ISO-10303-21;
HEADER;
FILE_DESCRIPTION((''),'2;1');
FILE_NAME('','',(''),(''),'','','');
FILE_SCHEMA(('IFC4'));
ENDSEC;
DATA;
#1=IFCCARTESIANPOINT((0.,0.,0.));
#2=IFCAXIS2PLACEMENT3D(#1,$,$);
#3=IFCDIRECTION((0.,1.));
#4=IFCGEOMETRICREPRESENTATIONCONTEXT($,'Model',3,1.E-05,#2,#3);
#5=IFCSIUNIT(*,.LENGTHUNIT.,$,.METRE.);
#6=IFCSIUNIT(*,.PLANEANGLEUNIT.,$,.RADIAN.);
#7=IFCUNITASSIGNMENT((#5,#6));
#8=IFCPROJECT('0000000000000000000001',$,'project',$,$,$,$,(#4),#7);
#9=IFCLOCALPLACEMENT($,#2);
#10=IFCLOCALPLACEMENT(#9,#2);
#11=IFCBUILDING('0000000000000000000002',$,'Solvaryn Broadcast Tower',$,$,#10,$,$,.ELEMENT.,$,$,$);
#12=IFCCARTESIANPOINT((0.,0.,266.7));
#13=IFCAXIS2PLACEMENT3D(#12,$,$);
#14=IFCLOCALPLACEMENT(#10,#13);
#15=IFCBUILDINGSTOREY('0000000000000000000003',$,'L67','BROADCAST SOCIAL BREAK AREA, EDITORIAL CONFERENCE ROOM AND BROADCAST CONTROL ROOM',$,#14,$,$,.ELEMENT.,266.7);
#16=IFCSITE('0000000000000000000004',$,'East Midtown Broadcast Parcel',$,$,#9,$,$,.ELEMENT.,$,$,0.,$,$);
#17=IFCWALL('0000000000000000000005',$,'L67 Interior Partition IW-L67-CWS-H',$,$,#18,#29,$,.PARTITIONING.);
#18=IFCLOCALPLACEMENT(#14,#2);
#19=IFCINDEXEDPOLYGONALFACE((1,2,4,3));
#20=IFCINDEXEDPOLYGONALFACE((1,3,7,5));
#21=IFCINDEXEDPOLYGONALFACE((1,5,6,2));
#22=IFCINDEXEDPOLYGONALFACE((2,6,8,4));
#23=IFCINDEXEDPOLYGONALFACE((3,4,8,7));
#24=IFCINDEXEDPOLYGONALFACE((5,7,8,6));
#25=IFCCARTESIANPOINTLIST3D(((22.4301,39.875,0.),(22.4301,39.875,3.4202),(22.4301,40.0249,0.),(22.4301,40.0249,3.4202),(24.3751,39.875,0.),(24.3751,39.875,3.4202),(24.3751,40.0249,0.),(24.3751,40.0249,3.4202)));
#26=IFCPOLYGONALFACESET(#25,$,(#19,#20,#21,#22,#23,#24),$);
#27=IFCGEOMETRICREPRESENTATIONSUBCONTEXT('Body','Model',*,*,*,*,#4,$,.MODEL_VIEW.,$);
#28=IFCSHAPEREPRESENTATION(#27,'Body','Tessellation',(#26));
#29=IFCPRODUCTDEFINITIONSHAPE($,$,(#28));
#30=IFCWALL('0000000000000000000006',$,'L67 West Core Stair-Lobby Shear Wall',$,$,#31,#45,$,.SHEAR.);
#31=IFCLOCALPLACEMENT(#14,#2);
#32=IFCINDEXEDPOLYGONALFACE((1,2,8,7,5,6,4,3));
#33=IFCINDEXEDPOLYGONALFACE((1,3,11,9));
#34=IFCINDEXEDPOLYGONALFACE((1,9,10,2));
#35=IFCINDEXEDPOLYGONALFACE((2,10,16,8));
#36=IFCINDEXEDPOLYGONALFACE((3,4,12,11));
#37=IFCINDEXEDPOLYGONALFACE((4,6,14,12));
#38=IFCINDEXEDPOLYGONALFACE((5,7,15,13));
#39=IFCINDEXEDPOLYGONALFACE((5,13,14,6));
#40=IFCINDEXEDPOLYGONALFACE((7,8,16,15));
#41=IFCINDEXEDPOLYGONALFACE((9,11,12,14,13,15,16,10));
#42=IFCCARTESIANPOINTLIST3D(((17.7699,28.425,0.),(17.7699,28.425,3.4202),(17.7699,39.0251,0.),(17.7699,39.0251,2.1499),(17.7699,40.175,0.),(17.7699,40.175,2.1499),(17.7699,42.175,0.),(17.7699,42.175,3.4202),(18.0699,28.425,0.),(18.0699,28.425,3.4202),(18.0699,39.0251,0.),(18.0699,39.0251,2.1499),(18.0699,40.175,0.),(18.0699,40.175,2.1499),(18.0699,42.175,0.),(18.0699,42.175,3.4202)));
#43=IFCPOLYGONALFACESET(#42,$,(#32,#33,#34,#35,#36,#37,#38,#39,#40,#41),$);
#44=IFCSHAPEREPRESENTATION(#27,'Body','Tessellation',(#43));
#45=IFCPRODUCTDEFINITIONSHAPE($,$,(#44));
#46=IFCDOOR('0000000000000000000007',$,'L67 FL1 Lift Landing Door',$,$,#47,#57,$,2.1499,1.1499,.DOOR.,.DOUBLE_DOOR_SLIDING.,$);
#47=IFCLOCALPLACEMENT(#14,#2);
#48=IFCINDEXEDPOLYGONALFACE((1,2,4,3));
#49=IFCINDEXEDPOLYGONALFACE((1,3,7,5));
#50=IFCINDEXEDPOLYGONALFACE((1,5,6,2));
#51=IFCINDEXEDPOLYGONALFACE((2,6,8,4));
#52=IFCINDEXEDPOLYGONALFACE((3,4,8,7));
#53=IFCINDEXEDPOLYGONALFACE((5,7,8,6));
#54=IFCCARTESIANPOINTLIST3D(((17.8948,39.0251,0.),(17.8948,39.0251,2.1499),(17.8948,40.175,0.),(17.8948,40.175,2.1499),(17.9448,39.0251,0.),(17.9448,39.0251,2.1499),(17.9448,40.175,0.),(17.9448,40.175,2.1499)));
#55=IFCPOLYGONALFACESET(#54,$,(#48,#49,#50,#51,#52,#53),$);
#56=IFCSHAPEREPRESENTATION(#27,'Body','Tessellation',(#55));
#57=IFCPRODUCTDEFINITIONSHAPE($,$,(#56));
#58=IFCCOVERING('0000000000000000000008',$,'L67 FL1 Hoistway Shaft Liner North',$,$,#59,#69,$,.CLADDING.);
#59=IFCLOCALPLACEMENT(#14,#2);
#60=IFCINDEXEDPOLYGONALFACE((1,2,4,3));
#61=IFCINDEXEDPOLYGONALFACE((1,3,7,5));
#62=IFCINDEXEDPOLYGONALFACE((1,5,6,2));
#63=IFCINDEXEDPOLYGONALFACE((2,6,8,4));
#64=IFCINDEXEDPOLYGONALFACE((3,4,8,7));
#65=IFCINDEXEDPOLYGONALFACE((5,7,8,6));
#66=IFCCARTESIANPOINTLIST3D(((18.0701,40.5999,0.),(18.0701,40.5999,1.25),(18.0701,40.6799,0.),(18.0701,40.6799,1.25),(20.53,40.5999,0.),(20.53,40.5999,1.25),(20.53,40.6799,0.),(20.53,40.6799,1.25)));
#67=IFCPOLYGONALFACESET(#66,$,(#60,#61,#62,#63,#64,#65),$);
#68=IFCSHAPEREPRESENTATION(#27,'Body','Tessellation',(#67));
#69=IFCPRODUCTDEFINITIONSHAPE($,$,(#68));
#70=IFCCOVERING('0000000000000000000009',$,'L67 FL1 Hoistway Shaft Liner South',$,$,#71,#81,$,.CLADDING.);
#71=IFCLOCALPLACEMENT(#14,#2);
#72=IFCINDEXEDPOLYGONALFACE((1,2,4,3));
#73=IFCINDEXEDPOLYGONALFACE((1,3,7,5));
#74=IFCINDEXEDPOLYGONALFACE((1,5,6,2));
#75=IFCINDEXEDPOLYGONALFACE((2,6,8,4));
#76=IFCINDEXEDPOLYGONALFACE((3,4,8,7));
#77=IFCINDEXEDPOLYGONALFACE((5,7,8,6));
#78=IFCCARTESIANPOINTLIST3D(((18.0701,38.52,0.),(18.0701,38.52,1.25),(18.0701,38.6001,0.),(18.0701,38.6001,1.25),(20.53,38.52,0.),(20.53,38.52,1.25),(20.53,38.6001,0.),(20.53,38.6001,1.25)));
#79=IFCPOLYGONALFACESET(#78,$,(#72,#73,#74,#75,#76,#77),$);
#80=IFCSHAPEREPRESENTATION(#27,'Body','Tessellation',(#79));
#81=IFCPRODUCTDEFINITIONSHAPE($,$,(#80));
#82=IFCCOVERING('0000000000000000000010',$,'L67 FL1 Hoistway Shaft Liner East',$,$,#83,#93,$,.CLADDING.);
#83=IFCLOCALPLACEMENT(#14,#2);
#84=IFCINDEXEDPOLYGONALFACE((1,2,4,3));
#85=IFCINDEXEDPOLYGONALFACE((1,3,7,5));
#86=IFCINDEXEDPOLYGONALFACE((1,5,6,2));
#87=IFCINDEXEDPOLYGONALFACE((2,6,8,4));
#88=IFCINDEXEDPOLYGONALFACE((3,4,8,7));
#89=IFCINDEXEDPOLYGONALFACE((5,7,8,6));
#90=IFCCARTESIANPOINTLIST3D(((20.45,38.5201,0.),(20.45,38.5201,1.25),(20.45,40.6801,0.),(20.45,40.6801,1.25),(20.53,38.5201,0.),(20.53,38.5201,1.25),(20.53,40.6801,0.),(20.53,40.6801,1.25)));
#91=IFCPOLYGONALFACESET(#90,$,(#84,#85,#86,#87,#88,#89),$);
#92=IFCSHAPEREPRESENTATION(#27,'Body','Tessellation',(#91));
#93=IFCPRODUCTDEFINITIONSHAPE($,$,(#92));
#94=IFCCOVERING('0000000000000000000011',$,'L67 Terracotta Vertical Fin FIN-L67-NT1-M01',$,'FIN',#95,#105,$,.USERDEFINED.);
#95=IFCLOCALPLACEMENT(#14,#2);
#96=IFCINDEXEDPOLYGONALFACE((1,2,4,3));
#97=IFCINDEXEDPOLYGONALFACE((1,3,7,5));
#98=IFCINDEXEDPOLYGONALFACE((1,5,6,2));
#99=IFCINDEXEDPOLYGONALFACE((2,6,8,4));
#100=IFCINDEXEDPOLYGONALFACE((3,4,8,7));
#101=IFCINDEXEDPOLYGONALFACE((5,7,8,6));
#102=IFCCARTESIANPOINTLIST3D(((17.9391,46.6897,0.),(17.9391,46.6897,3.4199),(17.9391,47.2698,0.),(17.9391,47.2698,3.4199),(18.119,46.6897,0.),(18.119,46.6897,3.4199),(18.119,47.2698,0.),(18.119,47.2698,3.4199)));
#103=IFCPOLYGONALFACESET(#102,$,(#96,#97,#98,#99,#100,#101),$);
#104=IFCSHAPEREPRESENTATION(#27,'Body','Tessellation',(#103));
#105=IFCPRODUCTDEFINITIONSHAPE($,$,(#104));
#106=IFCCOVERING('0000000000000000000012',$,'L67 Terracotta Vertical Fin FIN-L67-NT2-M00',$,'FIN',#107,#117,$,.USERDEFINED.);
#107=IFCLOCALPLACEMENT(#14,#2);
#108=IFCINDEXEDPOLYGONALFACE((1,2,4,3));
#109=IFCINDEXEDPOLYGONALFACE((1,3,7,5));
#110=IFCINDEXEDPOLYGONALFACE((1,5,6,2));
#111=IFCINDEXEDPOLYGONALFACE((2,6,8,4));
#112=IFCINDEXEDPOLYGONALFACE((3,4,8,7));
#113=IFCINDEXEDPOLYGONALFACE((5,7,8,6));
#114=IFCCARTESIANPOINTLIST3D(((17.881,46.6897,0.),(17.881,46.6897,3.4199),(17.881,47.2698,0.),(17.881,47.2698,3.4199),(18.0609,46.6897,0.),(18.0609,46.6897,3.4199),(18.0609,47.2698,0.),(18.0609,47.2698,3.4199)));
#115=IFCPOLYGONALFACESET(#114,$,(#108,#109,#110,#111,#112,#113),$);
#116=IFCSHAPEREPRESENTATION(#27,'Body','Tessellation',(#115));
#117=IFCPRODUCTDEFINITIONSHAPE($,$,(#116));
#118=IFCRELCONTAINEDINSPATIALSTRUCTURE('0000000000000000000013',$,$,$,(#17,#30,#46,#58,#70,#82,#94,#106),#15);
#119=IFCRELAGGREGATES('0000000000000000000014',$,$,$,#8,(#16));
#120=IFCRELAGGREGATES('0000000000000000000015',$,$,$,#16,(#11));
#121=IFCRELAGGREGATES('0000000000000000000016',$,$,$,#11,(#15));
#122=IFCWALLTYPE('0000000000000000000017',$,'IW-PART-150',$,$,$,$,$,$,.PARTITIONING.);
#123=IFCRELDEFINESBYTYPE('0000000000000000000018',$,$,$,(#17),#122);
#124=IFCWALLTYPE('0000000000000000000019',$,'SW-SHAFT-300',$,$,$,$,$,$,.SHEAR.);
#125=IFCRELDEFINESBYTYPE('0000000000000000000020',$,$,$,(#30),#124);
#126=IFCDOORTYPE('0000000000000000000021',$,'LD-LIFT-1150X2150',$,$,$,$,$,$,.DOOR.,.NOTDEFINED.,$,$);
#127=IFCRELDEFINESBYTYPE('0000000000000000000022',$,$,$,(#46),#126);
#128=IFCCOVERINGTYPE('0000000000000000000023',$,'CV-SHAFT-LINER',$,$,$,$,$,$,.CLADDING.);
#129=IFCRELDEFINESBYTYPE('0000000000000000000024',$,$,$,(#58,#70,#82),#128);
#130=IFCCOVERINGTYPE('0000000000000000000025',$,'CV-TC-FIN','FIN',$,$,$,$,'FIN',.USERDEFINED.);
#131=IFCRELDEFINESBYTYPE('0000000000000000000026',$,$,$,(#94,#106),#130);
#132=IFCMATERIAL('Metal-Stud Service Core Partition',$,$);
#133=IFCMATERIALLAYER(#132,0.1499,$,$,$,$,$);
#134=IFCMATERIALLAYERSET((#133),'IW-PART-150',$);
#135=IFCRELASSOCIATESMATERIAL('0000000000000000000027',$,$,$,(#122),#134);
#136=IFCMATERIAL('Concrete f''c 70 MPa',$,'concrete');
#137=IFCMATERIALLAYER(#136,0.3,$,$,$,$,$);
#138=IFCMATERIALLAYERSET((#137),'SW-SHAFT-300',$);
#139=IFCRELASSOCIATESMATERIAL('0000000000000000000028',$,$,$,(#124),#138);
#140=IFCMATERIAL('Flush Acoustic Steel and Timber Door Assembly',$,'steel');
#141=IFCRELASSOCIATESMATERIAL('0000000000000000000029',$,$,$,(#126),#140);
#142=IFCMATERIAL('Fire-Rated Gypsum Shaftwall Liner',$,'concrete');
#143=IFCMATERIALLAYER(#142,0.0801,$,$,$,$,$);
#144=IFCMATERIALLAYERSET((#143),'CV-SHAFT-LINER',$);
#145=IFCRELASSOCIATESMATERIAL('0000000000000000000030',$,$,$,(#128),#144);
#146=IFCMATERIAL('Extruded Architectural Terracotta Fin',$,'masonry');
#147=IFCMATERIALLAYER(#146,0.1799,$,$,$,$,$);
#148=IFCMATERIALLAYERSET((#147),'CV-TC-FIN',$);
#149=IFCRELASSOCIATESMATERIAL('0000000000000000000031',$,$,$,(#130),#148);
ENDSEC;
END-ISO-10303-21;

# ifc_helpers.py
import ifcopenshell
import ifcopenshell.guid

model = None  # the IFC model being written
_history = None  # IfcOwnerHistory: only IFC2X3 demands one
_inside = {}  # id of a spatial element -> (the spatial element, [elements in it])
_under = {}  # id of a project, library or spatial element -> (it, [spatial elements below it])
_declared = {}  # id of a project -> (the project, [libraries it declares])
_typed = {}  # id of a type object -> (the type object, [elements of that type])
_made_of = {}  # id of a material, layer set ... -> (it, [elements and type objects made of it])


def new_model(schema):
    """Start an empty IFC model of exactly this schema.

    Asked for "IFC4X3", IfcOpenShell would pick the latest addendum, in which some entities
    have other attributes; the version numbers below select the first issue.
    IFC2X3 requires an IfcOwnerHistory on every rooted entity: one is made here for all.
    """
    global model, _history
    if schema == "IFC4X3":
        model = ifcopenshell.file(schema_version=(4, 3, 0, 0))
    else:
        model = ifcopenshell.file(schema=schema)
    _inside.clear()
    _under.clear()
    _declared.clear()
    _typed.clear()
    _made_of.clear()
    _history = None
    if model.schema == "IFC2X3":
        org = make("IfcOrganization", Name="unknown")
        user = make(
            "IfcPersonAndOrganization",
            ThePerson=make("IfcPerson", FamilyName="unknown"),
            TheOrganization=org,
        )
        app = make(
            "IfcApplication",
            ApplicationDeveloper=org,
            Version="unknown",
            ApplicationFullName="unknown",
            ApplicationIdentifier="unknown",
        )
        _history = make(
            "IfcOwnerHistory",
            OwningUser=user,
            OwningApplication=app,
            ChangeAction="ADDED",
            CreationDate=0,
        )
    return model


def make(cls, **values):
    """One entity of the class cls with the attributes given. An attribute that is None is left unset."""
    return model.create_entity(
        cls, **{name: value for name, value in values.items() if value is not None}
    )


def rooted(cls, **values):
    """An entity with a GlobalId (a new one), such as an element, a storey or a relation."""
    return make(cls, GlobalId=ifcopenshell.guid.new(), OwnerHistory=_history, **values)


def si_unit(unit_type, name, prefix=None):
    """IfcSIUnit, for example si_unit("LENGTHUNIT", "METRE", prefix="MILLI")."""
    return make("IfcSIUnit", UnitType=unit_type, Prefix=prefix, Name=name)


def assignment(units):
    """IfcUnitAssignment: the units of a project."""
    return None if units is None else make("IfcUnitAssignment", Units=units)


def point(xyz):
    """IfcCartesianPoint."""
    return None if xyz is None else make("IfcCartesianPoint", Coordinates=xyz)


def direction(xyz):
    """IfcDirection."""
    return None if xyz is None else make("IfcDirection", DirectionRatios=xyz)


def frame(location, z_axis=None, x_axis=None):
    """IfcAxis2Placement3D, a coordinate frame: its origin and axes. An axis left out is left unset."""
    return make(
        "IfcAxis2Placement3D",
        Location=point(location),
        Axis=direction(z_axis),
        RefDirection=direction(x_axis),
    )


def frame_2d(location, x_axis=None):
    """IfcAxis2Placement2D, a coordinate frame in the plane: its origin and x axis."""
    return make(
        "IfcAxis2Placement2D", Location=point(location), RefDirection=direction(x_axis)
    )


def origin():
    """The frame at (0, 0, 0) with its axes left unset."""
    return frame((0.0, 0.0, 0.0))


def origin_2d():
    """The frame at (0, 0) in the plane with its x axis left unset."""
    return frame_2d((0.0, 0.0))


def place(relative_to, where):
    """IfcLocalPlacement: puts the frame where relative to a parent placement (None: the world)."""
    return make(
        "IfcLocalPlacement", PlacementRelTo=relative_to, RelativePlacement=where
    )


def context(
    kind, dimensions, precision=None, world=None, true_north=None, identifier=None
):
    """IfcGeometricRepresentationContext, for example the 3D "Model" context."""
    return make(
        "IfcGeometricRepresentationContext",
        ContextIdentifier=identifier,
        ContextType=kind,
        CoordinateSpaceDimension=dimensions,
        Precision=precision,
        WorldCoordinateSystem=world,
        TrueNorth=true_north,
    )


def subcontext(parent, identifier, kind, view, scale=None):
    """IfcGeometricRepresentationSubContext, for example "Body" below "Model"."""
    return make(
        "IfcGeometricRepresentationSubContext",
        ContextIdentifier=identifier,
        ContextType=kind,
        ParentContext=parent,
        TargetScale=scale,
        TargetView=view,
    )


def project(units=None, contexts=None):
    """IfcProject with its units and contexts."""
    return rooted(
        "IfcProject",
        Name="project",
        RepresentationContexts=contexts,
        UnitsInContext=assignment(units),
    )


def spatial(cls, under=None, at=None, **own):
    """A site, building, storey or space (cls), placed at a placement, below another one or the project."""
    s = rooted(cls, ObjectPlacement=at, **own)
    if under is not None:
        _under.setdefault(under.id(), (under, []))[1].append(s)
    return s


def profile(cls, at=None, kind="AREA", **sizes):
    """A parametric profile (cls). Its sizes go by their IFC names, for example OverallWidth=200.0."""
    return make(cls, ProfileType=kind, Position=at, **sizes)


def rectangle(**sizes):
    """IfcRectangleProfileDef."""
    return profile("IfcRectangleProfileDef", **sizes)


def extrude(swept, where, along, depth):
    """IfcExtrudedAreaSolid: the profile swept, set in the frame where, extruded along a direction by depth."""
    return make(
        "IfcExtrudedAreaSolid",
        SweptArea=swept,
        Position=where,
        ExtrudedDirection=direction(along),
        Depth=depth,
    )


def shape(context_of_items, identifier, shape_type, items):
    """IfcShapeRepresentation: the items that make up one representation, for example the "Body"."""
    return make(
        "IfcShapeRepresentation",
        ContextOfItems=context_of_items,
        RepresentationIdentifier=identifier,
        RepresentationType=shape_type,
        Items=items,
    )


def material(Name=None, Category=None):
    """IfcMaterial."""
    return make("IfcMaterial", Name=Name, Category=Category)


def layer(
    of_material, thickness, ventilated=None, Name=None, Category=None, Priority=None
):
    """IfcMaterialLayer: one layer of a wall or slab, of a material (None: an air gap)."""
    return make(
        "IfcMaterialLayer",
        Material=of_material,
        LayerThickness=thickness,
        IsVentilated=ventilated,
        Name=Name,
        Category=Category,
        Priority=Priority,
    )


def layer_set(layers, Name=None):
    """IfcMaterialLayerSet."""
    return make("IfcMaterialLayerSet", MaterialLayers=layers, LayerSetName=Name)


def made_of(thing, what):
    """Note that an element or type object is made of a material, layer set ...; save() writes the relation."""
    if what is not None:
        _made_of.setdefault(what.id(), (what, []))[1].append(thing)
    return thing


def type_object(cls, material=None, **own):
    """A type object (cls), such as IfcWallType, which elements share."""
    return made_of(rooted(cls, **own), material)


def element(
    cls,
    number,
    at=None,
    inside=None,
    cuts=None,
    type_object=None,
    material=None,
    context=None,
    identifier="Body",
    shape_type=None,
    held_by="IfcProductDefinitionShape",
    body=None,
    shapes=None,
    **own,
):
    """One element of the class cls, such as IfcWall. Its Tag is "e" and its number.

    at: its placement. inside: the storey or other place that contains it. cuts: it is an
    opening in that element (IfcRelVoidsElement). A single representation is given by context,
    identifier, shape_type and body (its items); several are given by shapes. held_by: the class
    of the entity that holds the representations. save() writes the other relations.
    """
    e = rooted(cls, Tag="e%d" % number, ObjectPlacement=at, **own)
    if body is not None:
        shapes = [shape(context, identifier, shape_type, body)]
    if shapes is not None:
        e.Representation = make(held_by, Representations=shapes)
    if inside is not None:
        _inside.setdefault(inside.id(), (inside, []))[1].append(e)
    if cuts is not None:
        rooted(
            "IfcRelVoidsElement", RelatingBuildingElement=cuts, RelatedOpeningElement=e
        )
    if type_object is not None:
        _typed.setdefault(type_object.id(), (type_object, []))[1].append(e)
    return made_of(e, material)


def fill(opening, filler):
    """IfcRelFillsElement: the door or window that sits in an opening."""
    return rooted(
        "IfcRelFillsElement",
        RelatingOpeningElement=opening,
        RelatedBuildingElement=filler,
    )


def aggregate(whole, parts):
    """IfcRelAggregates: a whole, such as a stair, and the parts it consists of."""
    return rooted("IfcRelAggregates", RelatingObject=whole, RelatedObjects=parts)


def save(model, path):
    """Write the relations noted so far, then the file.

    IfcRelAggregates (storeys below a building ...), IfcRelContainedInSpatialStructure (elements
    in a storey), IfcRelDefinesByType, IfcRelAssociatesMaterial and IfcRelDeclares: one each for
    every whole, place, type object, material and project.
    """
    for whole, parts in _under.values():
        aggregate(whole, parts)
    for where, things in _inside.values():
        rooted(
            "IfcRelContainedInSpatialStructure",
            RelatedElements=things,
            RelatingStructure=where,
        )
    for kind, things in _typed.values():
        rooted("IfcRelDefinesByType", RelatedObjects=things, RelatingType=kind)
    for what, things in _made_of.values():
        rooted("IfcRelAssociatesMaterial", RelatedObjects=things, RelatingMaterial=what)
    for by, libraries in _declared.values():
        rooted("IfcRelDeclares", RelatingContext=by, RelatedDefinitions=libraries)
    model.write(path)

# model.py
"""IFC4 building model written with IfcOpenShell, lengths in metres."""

from ifc_helpers import new_model, si_unit, direction, frame, frame_2d, origin, origin_2d, place, context, subcontext, project, spatial, rectangle, extrude, material, layer, layer_set, type_object, element, fill, save


model = new_model("IFC4")

# Units and contexts
model_context = context("Model", 3, precision=1e-05, world=origin(), true_north=direction((0.0, 1.0)))
body_context = subcontext(model_context, "Body", "Model", "MODEL_VIEW")
ifc_project = project(units=[si_unit("LENGTHUNIT", "METRE"), si_unit("PLANEANGLEUNIT", "RADIAN")], contexts=[model_context])

# Site, building, storey
site_placement = place(None, origin())
site = spatial("IfcSite", under=ifc_project, at=site_placement, Name="East Midtown Broadcast Parcel", CompositionType="ELEMENT", RefElevation=0.0)
building_placement = place(site_placement, origin())
building = spatial("IfcBuilding", under=site, at=building_placement, Name="Solvaryn Broadcast Tower", CompositionType="ELEMENT")
storey_placement = place(building_placement, frame((0.0, 0.0, 266.7)))
storey = spatial("IfcBuildingStorey", under=building, at=storey_placement, Name="L67", Description="BROADCAST SOCIAL BREAK AREA, EDITORIAL CONFERENCE ROOM AND BROADCAST CONTROL ROOM", CompositionType="ELEMENT", Elevation=266.7)

# Wall
ifc_material_1 = material(Name="Metal-Stud Service Core Partition")
ifc_layer_1 = layer(ifc_material_1, 0.1499)
ifc_layer_set_1 = layer_set([ifc_layer_1], Name="IW-PART-150")
wall_type_1 = type_object("IfcWallType", Name="IW-PART-150", PredefinedType="PARTITIONING", material=ifc_layer_set_1)
wall_1_placement = place(storey_placement, frame((22.4299, 39.95, 0.0), z_axis=(0.0, 0.0, 1.0), x_axis=(1.0, 0.0, 0.0)))
element("IfcWall", 1, at=wall_1_placement, inside=storey, type_object=wall_type_1, Name="L67 Interior Partition IW-L67-CWS-H", PredefinedType="PARTITIONING", context=body_context, shape_type="SweptSolid", body=[
    extrude(rectangle(XDim=1.9451, YDim=0.1499, at=frame_2d((0.9727, 0.0))), origin(), (0.0, 0.0, 1.0), 3.4202),
])

# Wall, opening, door
ifc_material_2 = material(Name="Concrete f'c 70 MPa", Category="concrete")
ifc_layer_2 = layer(ifc_material_2, 0.3)
ifc_layer_set_2 = layer_set([ifc_layer_2], Name="SW-SHAFT-300")
wall_type_2 = type_object("IfcWallType", Name="SW-SHAFT-300", PredefinedType="SHEAR", material=ifc_layer_set_2)
wall_2_placement = place(storey_placement, frame((17.9199, 42.175, 0.0), z_axis=(0.0, 0.0, 1.0), x_axis=(0.0, -1.0, 0.0)))
wall_2 = element("IfcWall", 2, at=wall_2_placement, inside=storey, type_object=wall_type_2, Name="L67 West Core Stair-Lobby Shear Wall", PredefinedType="SHEAR", context=body_context, shape_type="SweptSolid", body=[
    extrude(rectangle(XDim=13.75, YDim=0.3, at=frame_2d((6.875, 0.0))), origin(), (0.0, 0.0, 1.0), 3.4202),
])
opening_placement = place(wall_2_placement, frame((2.0, 0.0, 0.0)))
opening = element("IfcOpeningElement", 3, at=opening_placement, cuts=wall_2, PredefinedType="OPENING", context=body_context, shape_type="SweptSolid", body=[
    extrude(rectangle(XDim=1.1499, YDim=2.1499, at=frame_2d((0.575, 1.075))), frame((0.0, 0.1599, 0.0), z_axis=(0.0, -1.0, 0.0), x_axis=(1.0, 0.0, 0.0)), (0.0, 0.0, 1.0), 0.3201),
])
ifc_material_3 = material(Name="Flush Acoustic Steel and Timber Door Assembly", Category="steel")
door_type = type_object("IfcDoorType", Name="LD-LIFT-1150X2150", OperationType="NOTDEFINED", PredefinedType="DOOR", material=ifc_material_3)
door_placement = place(opening_placement, origin())
door = element("IfcDoor", 4, at=door_placement, inside=storey, type_object=door_type, Name="L67 FL1 Lift Landing Door", OperationType="DOUBLE_DOOR_SLIDING", OverallHeight=2.1499, OverallWidth=1.1499, PredefinedType="DOOR", context=body_context, shape_type="SweptSolid", body=[
    extrude(rectangle(XDim=1.1499, YDim=2.1499, at=frame_2d((0.575, 1.075))), frame((0.0, 0.0249, 0.0), z_axis=(0.0, -1.0, 0.0), x_axis=(1.0, 0.0, 0.0)), (0.0, 0.0, 1.0), 0.05),
])
fill(opening, door)

# Coverings
ifc_material_4 = material(Name="Fire-Rated Gypsum Shaftwall Liner", Category="concrete")
ifc_layer_3 = layer(ifc_material_4, 0.0801)
ifc_layer_set_3 = layer_set([ifc_layer_3], Name="CV-SHAFT-LINER")
covering_type_1 = type_object("IfcCoveringType", Name="CV-SHAFT-LINER", PredefinedType="CLADDING", material=ifc_layer_set_3)
for number, where, z_axis, x_axis, name in (
    (5, (19.3, 40.6399, 0.0), (0.0, 0.0, 1.0), (1.0, 0.0, 0.0), "L67 FL1 Hoistway Shaft Liner North"),
    (6, (19.3, 38.5601, 0.0), (0.0, 0.0, 1.0), (1.0, 0.0, 0.0), "L67 FL1 Hoistway Shaft Liner South"),
):
    element("IfcCovering", number, at=place(storey_placement, frame(where, z_axis=z_axis, x_axis=x_axis)), inside=storey, type_object=covering_type_1, Name=name, PredefinedType="CLADDING", context=body_context, shape_type="SweptSolid", body=[
        extrude(rectangle(XDim=2.46, YDim=0.0801, at=origin_2d()), origin(), (0.0, 0.0, 1.0), 1.25),
    ])
covering_placement = place(storey_placement, frame((20.49, 39.6001, 0.0), z_axis=(0.0, 0.0, 1.0), x_axis=(1.0, 0.0, 0.0)))
element("IfcCovering", 7, at=covering_placement, inside=storey, type_object=covering_type_1, Name="L67 FL1 Hoistway Shaft Liner East", PredefinedType="CLADDING", context=body_context, shape_type="SweptSolid", body=[
    extrude(rectangle(XDim=0.0801, YDim=2.1599, at=origin_2d()), origin(), (0.0, 0.0, 1.0), 1.25),
])
ifc_material_5 = material(Name="Extruded Architectural Terracotta Fin", Category="masonry")
ifc_layer_4 = layer(ifc_material_5, 0.1799)
ifc_layer_set_4 = layer_set([ifc_layer_4], Name="CV-TC-FIN")
covering_type_2 = type_object("IfcCoveringType", Name="CV-TC-FIN", Description="FIN", ElementType="FIN", PredefinedType="USERDEFINED", material=ifc_layer_set_4)
for number, where, z_axis, x_axis, name in (
    (8, (18.0291, 46.9797, 0.0), (0.0, 0.0, 1.0), (1.0, 0.0, 0.0), "L67 Terracotta Vertical Fin FIN-L67-NT1-M01"),
    (9, (17.9709, 46.9797, 0.0), (0.0, 0.0, 1.0), (1.0, 0.0, 0.0), "L67 Terracotta Vertical Fin FIN-L67-NT2-M00"),
):
    element("IfcCovering", number, at=place(storey_placement, frame(where, z_axis=z_axis, x_axis=x_axis)), inside=storey, type_object=covering_type_2, Name=name, ObjectType="FIN", PredefinedType="USERDEFINED", context=body_context, shape_type="SweptSolid", body=[
        extrude(rectangle(XDim=0.1799, YDim=0.5801, at=origin_2d()), origin(), (0.0, 0.0, 1.0), 3.4199),
    ])

save(model, "model.ifc")
